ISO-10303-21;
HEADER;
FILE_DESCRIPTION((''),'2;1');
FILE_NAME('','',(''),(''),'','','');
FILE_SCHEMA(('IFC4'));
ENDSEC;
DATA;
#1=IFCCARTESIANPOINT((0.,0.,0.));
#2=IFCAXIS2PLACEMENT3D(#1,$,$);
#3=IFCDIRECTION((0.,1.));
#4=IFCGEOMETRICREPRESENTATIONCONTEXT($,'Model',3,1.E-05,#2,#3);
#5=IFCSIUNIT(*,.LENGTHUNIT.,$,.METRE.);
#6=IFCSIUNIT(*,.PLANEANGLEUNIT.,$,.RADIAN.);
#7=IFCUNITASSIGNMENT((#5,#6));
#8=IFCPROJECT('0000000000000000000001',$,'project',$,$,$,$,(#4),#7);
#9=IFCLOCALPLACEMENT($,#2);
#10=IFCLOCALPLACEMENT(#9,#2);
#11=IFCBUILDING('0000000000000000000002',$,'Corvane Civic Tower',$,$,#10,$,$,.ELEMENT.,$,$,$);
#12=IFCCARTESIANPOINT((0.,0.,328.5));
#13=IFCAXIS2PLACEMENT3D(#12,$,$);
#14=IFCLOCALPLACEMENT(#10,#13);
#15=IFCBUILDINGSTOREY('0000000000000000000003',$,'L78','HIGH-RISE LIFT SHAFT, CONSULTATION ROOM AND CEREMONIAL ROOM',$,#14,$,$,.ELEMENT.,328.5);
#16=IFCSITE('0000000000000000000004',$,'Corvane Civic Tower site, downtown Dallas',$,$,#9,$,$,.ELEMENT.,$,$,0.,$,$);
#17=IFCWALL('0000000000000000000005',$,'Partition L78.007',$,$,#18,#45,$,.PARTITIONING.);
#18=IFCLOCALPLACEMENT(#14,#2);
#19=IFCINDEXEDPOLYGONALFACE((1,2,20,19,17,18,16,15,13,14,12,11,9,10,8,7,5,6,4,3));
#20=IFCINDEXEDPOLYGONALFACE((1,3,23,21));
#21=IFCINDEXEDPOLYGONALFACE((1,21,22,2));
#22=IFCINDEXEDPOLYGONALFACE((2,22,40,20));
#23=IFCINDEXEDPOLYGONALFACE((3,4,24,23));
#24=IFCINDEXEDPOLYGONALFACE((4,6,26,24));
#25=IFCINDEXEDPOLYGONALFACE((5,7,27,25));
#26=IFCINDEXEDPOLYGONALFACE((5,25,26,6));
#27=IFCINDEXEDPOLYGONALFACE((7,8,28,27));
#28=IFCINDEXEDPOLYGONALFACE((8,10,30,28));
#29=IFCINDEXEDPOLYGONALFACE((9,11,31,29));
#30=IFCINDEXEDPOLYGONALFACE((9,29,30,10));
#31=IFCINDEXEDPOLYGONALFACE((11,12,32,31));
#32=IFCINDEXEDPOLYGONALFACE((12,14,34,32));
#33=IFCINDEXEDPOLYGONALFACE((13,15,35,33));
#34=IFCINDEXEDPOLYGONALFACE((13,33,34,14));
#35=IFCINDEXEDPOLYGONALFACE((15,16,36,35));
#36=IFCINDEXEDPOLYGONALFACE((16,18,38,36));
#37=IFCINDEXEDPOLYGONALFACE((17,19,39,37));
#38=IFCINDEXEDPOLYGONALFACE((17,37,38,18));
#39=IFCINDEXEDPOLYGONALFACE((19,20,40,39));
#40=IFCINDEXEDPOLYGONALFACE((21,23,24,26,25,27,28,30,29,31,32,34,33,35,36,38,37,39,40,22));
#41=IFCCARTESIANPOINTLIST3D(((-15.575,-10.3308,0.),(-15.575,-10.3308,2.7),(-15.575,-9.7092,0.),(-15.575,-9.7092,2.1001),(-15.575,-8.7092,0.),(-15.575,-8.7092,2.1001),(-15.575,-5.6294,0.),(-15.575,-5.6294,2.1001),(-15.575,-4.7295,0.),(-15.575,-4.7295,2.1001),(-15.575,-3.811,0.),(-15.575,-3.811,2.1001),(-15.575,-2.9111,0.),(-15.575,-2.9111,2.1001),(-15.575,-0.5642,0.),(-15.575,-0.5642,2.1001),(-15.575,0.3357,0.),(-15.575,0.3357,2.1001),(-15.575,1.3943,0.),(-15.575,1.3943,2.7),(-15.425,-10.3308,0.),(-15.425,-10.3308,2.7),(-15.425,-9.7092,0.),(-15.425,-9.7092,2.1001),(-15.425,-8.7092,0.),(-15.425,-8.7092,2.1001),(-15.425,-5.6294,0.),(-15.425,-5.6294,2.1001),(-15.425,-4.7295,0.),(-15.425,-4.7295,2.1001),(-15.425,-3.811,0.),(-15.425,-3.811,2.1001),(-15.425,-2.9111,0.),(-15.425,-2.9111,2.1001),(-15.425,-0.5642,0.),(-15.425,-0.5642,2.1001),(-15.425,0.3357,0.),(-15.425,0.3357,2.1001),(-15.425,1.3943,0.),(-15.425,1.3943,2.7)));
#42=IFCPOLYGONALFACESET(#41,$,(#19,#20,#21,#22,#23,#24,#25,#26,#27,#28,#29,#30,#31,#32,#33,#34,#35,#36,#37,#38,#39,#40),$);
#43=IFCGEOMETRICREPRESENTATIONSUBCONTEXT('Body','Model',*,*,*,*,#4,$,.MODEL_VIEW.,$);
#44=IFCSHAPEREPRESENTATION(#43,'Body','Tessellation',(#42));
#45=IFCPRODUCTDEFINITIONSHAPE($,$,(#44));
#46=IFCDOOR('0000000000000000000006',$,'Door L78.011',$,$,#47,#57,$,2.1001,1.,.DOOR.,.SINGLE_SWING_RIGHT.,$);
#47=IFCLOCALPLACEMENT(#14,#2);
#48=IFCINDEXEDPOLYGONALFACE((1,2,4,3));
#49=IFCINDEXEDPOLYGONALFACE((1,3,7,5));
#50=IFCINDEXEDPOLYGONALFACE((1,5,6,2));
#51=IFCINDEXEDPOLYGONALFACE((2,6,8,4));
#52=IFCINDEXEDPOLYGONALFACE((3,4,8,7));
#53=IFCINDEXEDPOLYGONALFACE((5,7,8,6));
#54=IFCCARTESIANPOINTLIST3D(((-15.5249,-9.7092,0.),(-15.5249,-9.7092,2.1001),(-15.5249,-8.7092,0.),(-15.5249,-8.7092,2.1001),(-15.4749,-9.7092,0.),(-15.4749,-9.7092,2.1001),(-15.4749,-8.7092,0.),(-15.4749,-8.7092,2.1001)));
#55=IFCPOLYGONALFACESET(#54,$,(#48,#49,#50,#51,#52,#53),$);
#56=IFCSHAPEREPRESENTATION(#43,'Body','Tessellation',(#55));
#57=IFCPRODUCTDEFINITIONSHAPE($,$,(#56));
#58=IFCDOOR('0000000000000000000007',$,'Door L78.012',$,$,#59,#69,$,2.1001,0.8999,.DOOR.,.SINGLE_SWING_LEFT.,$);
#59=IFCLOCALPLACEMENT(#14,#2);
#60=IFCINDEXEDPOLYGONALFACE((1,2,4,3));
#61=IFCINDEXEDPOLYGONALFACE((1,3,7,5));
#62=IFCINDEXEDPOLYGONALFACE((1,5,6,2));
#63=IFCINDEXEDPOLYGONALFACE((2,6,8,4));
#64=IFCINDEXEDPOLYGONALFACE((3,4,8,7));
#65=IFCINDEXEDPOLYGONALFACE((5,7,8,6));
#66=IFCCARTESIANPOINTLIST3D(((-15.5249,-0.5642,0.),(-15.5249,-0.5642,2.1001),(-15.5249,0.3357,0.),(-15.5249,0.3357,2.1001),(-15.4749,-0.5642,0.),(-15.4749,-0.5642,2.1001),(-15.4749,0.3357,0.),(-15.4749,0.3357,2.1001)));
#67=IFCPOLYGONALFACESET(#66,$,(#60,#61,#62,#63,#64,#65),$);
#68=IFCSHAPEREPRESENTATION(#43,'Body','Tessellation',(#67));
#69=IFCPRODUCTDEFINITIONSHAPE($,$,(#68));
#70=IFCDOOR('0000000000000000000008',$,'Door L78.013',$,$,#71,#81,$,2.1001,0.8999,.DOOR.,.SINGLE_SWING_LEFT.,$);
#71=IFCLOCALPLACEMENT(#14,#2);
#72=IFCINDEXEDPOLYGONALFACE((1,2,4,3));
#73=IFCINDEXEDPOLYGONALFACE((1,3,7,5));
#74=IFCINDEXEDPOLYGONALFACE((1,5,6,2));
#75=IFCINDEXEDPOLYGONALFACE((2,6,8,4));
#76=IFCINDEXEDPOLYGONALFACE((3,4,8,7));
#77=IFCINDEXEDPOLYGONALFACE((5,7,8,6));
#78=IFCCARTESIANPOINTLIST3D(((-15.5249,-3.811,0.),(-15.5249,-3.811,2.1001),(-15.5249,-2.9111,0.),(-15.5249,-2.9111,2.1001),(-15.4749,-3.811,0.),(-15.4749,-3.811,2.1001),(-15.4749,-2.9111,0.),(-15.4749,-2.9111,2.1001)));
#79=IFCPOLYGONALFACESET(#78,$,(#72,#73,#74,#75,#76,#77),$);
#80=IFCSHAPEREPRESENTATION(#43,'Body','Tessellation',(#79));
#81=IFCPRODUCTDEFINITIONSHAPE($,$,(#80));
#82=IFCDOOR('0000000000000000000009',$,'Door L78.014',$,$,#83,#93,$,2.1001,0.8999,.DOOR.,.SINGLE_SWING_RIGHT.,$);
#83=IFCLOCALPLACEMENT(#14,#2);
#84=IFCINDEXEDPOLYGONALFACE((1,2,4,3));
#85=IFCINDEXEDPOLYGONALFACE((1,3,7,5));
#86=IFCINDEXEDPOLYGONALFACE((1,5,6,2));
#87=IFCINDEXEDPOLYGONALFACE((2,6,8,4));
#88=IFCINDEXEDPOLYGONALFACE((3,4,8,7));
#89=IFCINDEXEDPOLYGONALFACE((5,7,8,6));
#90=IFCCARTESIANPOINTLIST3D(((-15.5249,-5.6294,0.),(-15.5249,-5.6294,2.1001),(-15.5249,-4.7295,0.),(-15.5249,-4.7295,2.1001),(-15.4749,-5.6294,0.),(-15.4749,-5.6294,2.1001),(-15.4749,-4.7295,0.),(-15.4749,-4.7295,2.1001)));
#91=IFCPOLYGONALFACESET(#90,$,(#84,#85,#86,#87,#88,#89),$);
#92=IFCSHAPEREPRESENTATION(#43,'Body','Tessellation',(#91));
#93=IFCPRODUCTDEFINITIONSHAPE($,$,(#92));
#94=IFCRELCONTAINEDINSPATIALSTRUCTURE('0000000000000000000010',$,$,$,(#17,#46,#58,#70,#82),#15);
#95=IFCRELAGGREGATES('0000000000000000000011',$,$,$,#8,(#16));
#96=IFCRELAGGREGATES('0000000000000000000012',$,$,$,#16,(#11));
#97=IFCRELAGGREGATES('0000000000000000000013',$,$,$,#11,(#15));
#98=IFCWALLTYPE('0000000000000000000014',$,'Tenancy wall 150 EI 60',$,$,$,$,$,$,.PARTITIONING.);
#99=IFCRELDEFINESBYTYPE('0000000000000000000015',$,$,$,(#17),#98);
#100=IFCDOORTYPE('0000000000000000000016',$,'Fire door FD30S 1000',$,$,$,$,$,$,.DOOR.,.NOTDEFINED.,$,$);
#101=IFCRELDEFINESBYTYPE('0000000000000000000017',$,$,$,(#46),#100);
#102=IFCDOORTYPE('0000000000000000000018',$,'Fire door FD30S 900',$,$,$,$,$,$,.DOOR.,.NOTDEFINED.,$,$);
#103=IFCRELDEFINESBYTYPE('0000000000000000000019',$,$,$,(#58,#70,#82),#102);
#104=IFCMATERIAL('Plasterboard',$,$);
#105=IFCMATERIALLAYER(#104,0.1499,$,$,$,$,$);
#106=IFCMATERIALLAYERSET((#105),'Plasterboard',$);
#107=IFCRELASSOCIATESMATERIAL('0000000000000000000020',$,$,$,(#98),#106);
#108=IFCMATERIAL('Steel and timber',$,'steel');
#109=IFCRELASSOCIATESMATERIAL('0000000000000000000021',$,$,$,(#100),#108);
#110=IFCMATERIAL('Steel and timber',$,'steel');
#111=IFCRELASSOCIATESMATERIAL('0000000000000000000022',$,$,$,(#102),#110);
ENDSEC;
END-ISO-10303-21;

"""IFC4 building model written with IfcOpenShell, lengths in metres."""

from ifc_helpers import new_model, si_unit, direction, frame, frame_2d, origin, place, context, subcontext, project, spatial, rectangle, extrude, material, layer, layer_set, type_object, element, fill, save


model = new_model("IFC4")

# Units and contexts
model_context = context("Model", 3, precision=1e-05, world=origin(), true_north=direction((0.0, 1.0)))
body_context = subcontext(model_context, "Body", "Model", "MODEL_VIEW")
ifc_project = project(units=[si_unit("LENGTHUNIT", "METRE"), si_unit("PLANEANGLEUNIT", "RADIAN")], contexts=[model_context])

# Site, building, storey
site_placement = place(None, origin())
site = spatial("IfcSite", under=ifc_project, at=site_placement, Name="Corvane Civic Tower site, downtown Dallas", CompositionType="ELEMENT", RefElevation=0.0)
building_placement = place(site_placement, origin())
building = spatial("IfcBuilding", under=site, at=building_placement, Name="Corvane Civic Tower", CompositionType="ELEMENT")
storey_placement = place(building_placement, frame((0.0, 0.0, 328.5)))
storey = spatial("IfcBuildingStorey", under=building, at=storey_placement, Name="L78", Description="HIGH-RISE LIFT SHAFT, CONSULTATION ROOM AND CEREMONIAL ROOM", CompositionType="ELEMENT", Elevation=328.5)

# Wall, openings, doors
ifc_material_1 = material(Name="Plasterboard")
ifc_layer_1 = layer(ifc_material_1, 0.1499)
ifc_layer_set_1 = layer_set([ifc_layer_1], Name="Plasterboard")
wall_type_1 = type_object("IfcWallType", Name="Tenancy wall 150 EI 60", PredefinedType="PARTITIONING", material=ifc_layer_set_1)
wall_1_placement = place(storey_placement, frame((-15.5, -10.3308, 0.0), z_axis=(0.0, 0.0, 1.0), x_axis=(0.0, 1.0, 0.0)))
wall_1 = element("IfcWall", 1, at=wall_1_placement, inside=storey, type_object=wall_type_1, Name="Partition L78.007", PredefinedType="PARTITIONING", context=body_context, shape_type="SweptSolid", body=[
    extrude(rectangle(XDim=11.7251, YDim=0.1499, at=frame_2d((5.8625, 0.0))), origin(), (0.0, 0.0, 1.0), 2.7),
])
opening_1_placement = place(wall_1_placement, frame((0.6216, 0.0, 0.0)))
opening_1 = element("IfcOpeningElement", 2, at=opening_1_placement, cuts=wall_1, PredefinedType="OPENING", context=body_context, shape_type="SweptSolid", body=[
    extrude(rectangle(XDim=1.0, YDim=2.1001, at=frame_2d((0.5, 1.05))), frame((0.0, 0.085, 0.0), z_axis=(0.0, -1.0, 0.0), x_axis=(1.0, 0.0, 0.0)), (0.0, 0.0, 1.0), 0.1699),
])
opening_2_placement = place(wall_1_placement, frame((9.7666, 0.0, 0.0)))
opening_2 = element("IfcOpeningElement", 3, at=opening_2_placement, cuts=wall_1, PredefinedType="OPENING", context=body_context, shape_type="SweptSolid", body=[
    extrude(rectangle(XDim=0.8999, YDim=2.1001, at=frame_2d((0.45, 1.05))), frame((0.0, 0.085, 0.0), z_axis=(0.0, -1.0, 0.0), x_axis=(1.0, 0.0, 0.0)), (0.0, 0.0, 1.0), 0.1699),
])
opening_3_placement = place(wall_1_placement, frame((6.5198, 0.0, 0.0)))
opening_3 = element("IfcOpeningElement", 4, at=opening_3_placement, cuts=wall_1, PredefinedType="OPENING", context=body_context, shape_type="SweptSolid", body=[
    extrude(rectangle(XDim=0.8999, YDim=2.1001, at=frame_2d((0.45, 1.05))), frame((0.0, 0.085, 0.0), z_axis=(0.0, -1.0, 0.0), x_axis=(1.0, 0.0, 0.0)), (0.0, 0.0, 1.0), 0.1699),
])
opening_4_placement = place(wall_1_placement, frame((4.7014, 0.0, 0.0)))
opening_4 = element("IfcOpeningElement", 5, at=opening_4_placement, cuts=wall_1, PredefinedType="OPENING", context=body_context, shape_type="SweptSolid", body=[
    extrude(rectangle(XDim=0.8999, YDim=2.1001, at=frame_2d((0.45, 1.05))), frame((0.0, 0.085, 0.0), z_axis=(0.0, -1.0, 0.0), x_axis=(1.0, 0.0, 0.0)), (0.0, 0.0, 1.0), 0.1699),
])
ifc_material_2 = material(Name="Steel and timber", Category="steel")
door_type_1 = type_object("IfcDoorType", Name="Fire door FD30S 1000", OperationType="NOTDEFINED", PredefinedType="DOOR", material=ifc_material_2)
door_1_placement = place(opening_1_placement, origin())
door_1 = element("IfcDoor", 6, at=door_1_placement, inside=storey, type_object=door_type_1, Name="Door L78.011", OperationType="SINGLE_SWING_RIGHT", OverallHeight=2.1001, OverallWidth=1.0, PredefinedType="DOOR", context=body_context, shape_type="SweptSolid", body=[
    extrude(rectangle(XDim=1.0, YDim=2.1001, at=frame_2d((0.5, 1.05))), frame((0.0, 0.0249, 0.0), z_axis=(0.0, -1.0, 0.0), x_axis=(1.0, 0.0, 0.0)), (0.0, 0.0, 1.0), 0.05),
])
fill(opening_1, door_1)
ifc_material_3 = material(Name="Steel and timber", Category="steel")
door_type_2 = type_object("IfcDoorType", Name="Fire door FD30S 900", OperationType="NOTDEFINED", PredefinedType="DOOR", material=ifc_material_3)
door_2_placement = place(opening_2_placement, origin())
door_2 = element("IfcDoor", 7, at=door_2_placement, inside=storey, type_object=door_type_2, Name="Door L78.012", OperationType="SINGLE_SWING_LEFT", OverallHeight=2.1001, OverallWidth=0.8999, PredefinedType="DOOR", context=body_context, shape_type="SweptSolid", body=[
    extrude(rectangle(XDim=0.8999, YDim=2.1001, at=frame_2d((0.45, 1.05))), frame((0.0, 0.0249, 0.0), z_axis=(0.0, -1.0, 0.0), x_axis=(1.0, 0.0, 0.0)), (0.0, 0.0, 1.0), 0.05),
])
fill(opening_2, door_2)
door_3_placement = place(opening_3_placement, origin())
door_3 = element("IfcDoor", 8, at=door_3_placement, inside=storey, type_object=door_type_2, Name="Door L78.013", OperationType="SINGLE_SWING_LEFT", OverallHeight=2.1001, OverallWidth=0.8999, PredefinedType="DOOR", context=body_context, shape_type="SweptSolid", body=[
    extrude(rectangle(XDim=0.8999, YDim=2.1001, at=frame_2d((0.45, 1.05))), frame((0.0, 0.0249, 0.0), z_axis=(0.0, -1.0, 0.0), x_axis=(1.0, 0.0, 0.0)), (0.0, 0.0, 1.0), 0.05),
])
fill(opening_3, door_3)
door_4_placement = place(opening_4_placement, origin())
door_4 = element("IfcDoor", 9, at=door_4_placement, inside=storey, type_object=door_type_2, Name="Door L78.014", OperationType="SINGLE_SWING_RIGHT", OverallHeight=2.1001, OverallWidth=0.8999, PredefinedType="DOOR", context=body_context, shape_type="SweptSolid", body=[
    extrude(rectangle(XDim=0.8999, YDim=2.1001, at=frame_2d((0.45, 1.05))), frame((0.0, 0.0249, 0.0), z_axis=(0.0, -1.0, 0.0), x_axis=(1.0, 0.0, 0.0)), (0.0, 0.0, 1.0), 0.05),
])
fill(opening_4, door_4)

save(model, "model.ifc")
